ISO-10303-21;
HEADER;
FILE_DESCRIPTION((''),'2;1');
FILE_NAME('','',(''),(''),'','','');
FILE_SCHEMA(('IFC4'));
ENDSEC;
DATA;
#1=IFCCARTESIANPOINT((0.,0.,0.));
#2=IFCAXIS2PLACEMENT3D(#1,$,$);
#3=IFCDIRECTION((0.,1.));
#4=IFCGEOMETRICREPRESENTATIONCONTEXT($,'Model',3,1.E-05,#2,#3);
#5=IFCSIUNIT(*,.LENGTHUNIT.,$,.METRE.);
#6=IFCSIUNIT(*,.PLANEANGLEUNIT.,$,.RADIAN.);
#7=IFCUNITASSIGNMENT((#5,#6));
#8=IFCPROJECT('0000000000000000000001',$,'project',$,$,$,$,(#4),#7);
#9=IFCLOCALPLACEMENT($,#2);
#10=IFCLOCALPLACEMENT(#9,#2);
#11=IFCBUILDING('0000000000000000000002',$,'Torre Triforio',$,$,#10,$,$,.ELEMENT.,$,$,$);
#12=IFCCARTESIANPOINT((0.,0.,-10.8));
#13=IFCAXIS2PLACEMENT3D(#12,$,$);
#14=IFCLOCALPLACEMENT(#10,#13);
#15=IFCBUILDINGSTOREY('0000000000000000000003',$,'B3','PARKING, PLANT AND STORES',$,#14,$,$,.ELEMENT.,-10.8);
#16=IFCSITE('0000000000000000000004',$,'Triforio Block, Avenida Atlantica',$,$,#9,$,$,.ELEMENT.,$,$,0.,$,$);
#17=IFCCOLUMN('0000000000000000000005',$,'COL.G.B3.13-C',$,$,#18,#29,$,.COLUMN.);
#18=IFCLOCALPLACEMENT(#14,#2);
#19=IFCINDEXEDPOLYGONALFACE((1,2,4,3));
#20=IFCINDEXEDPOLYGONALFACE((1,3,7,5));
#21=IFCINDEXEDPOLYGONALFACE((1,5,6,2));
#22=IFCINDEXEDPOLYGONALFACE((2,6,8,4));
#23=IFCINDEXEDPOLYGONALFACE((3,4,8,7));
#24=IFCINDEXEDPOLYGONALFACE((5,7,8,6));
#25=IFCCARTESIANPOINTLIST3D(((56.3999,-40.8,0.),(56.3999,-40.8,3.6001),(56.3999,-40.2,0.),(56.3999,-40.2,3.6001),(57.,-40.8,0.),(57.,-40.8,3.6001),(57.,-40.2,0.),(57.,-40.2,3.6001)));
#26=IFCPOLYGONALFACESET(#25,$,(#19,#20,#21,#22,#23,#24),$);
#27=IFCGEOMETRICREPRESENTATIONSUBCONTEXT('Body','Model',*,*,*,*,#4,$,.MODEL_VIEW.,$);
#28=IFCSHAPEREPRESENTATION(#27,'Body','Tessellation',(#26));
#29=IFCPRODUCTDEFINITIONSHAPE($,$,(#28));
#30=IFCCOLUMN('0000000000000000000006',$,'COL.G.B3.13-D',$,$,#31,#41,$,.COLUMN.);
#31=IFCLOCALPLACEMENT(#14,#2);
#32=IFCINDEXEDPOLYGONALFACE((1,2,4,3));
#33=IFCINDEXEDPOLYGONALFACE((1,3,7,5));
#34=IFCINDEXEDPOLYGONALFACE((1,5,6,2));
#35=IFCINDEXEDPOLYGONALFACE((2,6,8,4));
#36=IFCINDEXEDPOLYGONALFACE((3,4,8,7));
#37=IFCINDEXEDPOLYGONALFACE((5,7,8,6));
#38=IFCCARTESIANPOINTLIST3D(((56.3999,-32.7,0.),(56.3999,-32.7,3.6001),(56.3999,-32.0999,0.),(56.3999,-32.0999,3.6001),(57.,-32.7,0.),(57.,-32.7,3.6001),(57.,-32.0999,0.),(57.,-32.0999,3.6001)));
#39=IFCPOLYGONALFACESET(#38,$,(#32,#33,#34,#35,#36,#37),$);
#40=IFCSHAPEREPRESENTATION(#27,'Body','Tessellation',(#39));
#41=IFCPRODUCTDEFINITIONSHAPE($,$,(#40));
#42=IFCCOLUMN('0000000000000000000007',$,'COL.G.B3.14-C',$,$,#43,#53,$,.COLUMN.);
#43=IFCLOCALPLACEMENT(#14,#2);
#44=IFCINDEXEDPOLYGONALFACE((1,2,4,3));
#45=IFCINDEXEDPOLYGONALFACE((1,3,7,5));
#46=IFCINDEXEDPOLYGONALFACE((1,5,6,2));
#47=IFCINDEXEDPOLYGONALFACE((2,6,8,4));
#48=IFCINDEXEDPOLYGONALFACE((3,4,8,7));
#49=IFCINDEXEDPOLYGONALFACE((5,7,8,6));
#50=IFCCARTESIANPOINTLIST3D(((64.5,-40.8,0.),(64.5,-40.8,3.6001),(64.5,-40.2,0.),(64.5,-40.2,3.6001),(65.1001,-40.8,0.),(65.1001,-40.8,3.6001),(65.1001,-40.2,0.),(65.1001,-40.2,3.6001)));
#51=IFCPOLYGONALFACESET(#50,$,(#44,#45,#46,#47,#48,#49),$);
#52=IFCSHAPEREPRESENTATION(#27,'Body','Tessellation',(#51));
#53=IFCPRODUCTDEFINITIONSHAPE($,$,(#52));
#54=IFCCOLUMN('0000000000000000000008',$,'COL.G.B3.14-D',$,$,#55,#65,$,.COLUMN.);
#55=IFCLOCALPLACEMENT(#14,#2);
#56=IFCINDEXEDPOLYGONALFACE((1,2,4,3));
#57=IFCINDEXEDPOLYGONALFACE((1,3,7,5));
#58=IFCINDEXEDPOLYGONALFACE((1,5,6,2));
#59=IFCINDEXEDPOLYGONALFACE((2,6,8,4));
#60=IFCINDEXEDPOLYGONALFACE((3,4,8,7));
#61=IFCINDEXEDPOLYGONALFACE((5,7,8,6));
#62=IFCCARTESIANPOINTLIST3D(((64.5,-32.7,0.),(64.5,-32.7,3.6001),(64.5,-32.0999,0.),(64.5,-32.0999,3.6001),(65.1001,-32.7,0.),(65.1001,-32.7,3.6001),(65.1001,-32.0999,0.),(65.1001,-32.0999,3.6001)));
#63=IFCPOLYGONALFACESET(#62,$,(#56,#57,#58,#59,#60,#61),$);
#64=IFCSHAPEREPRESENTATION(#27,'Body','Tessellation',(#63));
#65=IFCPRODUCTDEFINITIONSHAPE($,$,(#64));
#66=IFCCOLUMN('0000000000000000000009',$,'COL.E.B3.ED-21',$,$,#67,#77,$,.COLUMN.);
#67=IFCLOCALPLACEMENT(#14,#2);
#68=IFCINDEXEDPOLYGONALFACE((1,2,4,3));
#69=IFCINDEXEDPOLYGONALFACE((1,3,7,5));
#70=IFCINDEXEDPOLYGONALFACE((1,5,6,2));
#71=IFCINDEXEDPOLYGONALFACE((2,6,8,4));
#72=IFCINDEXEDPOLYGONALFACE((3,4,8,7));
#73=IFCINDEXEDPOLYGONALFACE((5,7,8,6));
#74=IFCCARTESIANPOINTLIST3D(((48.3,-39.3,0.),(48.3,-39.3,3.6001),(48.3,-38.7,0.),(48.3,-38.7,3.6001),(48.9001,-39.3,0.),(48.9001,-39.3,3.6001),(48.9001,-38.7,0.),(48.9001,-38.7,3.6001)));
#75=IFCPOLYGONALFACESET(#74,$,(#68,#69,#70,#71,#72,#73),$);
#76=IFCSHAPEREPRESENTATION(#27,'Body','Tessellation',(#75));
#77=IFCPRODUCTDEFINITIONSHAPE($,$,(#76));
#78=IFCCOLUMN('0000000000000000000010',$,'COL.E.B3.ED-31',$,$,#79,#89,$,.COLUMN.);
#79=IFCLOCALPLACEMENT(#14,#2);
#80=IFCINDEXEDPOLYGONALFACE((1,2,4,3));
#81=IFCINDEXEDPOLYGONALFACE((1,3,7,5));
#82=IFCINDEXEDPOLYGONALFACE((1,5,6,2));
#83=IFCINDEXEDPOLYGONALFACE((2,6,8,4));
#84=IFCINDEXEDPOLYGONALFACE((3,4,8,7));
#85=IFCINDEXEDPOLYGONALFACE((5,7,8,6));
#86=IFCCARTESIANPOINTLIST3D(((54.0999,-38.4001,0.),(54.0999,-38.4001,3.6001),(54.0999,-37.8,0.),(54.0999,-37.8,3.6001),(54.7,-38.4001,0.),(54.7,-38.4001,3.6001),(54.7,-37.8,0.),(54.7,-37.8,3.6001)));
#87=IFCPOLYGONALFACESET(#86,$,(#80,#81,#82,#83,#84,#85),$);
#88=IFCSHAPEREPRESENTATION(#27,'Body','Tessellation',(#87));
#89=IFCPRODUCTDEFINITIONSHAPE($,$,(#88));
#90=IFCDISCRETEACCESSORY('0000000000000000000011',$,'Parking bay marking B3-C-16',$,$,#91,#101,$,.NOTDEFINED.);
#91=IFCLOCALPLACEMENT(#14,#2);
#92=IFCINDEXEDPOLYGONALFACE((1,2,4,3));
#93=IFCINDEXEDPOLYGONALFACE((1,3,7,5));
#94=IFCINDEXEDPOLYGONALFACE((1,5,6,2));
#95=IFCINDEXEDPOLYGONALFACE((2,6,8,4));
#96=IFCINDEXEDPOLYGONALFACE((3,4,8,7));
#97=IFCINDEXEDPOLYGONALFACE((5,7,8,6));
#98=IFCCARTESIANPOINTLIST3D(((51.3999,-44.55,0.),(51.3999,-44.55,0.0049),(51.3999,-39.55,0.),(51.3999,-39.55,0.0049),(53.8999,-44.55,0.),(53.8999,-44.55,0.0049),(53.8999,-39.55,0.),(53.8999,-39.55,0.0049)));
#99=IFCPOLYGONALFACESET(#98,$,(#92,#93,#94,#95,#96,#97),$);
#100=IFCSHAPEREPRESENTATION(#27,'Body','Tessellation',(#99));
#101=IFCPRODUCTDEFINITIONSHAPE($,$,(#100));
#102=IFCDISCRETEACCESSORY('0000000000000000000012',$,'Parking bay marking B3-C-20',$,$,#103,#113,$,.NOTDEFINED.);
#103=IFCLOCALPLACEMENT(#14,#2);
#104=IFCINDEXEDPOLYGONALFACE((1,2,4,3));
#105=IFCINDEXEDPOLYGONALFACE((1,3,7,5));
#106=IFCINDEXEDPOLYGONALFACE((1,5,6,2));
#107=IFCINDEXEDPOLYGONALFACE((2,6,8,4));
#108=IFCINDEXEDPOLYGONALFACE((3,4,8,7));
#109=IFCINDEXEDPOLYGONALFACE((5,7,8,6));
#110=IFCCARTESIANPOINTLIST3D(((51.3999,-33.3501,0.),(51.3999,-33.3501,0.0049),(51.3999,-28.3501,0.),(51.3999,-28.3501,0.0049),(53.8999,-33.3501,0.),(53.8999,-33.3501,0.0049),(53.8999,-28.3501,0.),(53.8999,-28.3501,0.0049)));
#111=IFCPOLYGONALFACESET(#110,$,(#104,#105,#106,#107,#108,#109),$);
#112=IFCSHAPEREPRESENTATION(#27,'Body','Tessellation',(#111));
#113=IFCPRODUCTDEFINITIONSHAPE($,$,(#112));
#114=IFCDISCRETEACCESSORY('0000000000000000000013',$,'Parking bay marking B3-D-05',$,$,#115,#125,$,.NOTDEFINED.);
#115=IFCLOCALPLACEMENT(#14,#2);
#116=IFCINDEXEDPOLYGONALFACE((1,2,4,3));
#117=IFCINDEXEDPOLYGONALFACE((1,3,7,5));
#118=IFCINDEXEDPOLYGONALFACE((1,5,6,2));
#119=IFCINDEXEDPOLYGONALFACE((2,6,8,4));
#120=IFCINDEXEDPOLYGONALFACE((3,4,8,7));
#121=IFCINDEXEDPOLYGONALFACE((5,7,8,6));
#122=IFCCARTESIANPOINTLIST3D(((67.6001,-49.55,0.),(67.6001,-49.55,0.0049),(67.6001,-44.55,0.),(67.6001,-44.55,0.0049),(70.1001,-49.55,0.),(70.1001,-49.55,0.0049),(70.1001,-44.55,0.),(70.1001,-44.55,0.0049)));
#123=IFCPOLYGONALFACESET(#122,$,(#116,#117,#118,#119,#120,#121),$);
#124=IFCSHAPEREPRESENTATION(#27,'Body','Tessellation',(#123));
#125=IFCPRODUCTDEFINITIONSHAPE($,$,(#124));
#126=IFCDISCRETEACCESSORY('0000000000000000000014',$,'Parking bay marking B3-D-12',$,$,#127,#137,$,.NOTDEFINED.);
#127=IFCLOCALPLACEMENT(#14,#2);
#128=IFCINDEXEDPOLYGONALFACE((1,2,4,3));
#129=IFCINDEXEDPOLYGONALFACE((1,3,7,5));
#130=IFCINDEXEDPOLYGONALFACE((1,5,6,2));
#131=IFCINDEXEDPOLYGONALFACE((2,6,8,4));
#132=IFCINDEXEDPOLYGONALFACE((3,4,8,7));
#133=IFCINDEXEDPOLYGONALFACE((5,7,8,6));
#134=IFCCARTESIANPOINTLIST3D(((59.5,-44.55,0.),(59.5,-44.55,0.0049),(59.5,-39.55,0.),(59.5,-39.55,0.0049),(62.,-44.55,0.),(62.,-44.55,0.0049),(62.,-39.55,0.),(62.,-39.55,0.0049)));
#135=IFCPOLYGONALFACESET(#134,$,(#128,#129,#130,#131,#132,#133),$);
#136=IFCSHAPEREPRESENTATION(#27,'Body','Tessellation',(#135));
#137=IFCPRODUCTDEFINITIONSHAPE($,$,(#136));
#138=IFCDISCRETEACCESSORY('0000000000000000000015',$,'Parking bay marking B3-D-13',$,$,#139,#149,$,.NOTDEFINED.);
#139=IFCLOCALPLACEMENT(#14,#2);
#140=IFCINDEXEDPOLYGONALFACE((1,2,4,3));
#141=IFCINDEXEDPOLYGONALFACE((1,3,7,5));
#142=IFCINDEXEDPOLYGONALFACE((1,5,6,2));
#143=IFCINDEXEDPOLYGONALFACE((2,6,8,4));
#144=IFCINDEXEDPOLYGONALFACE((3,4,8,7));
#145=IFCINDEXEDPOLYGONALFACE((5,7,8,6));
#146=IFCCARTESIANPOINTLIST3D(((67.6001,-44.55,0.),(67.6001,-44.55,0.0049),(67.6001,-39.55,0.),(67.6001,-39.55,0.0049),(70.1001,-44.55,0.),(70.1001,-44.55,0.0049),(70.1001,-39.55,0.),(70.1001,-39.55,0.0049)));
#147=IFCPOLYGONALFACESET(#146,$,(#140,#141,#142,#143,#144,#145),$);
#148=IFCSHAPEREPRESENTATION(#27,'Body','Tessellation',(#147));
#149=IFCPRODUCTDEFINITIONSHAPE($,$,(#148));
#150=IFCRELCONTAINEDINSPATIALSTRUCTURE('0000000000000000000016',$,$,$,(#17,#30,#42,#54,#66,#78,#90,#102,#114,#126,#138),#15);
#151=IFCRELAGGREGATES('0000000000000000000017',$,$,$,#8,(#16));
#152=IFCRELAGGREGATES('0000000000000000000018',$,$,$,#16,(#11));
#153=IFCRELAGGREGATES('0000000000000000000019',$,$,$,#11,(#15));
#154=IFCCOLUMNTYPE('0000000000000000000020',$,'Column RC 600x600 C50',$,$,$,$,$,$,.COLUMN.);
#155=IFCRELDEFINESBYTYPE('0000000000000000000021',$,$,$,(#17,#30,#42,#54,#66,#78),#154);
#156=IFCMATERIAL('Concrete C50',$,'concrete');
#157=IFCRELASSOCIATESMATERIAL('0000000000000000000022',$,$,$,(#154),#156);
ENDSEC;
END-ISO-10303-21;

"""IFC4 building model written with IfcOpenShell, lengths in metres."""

from ifc_helpers import new_model, si_unit, direction, frame, origin, origin_2d, place, context, subcontext, project, spatial, rectangle, extrude, material, material_profile, profile_set, type_object, element, save


model = new_model("IFC4")

# Units and contexts
model_context = context("Model", 3, precision=1e-05, world=origin(), true_north=direction((0.0, 1.0)))
body_context = subcontext(model_context, "Body", "Model", "MODEL_VIEW")
ifc_project = project(units=[si_unit("LENGTHUNIT", "METRE"), si_unit("PLANEANGLEUNIT", "RADIAN")], contexts=[model_context])

# Site, building, storey
site_placement = place(None, origin())
site = spatial("IfcSite", under=ifc_project, at=site_placement, Name="Triforio Block, Avenida Atlantica", CompositionType="ELEMENT", RefElevation=0.0)
building_placement = place(site_placement, origin())
building = spatial("IfcBuilding", under=site, at=building_placement, Name="Torre Triforio", CompositionType="ELEMENT")
storey_placement = place(building_placement, frame((0.0, 0.0, -10.8)))
storey = spatial("IfcBuildingStorey", under=building, at=storey_placement, Name="B3", Description="PARKING, PLANT AND STORES", CompositionType="ELEMENT", Elevation=-10.8)

# Shared definitions
ifc_material_1 = material(Name="Concrete C50", Category="concrete")

# Columns
ifc_material_profile_1 = material_profile(ifc_material_1, rectangle(XDim=0.6001, YDim=0.6001, at=origin_2d()), Name="RC 600x600")
ifc_profile_set_1 = profile_set([ifc_material_profile_1], Name="Concrete C50")
column_type = type_object("IfcColumnType", Name="Column RC 600x600 C50", PredefinedType="COLUMN", material=ifc_profile_set_1)
for number, where, z_axis, x_axis, name in (
    (1, (56.7, -40.5, 0.0), (0.0, 0.0, 1.0), (1.0, 0.0, 0.0), "COL.G.B3.13-C"),
    (2, (56.7, -32.3999, 0.0), (0.0, 0.0, 1.0), (1.0, 0.0, 0.0), "COL.G.B3.13-D"),
    (3, (64.8, -40.5, 0.0), (0.0, 0.0, 1.0), (1.0, 0.0, 0.0), "COL.G.B3.14-C"),
    (4, (64.8, -32.3999, 0.0), (0.0, 0.0, 1.0), (1.0, 0.0, 0.0), "COL.G.B3.14-D"),
    (5, (48.6001, -39.0, 0.0), (0.0, 0.0, 1.0), (1.0, 0.0, 0.0), "COL.E.B3.ED-21"),
    (6, (54.3999, -38.1001, 0.0), (0.0, 0.0, 1.0), (1.0, 0.0, 0.0), "COL.E.B3.ED-31"),
):
    element("IfcColumn", number, at=place(storey_placement, frame(where, z_axis=z_axis, x_axis=x_axis)), inside=storey, type_object=column_type, Name=name, PredefinedType="COLUMN", context=body_context, shape_type="SweptSolid", body=[
        extrude(rectangle(XDim=0.6001, YDim=0.6001, at=origin_2d()), origin(), (0.0, 0.0, 1.0), 3.6001),
    ])

# Discrete accessories
for number, where, z_axis, x_axis, name in (
    (7, (52.6499, -42.05, 0.0), (0.0, 0.0, 1.0), (1.0, 0.0, 0.0), "Parking bay marking B3-C-16"),
    (8, (52.6499, -30.8501, 0.0), (0.0, 0.0, 1.0), (1.0, 0.0, 0.0), "Parking bay marking B3-C-20"),
    (9, (68.8501, -47.05, 0.0), (0.0, 0.0, 1.0), (1.0, 0.0, 0.0), "Parking bay marking B3-D-05"),
    (10, (60.75, -42.05, 0.0), (0.0, 0.0, 1.0), (1.0, 0.0, 0.0), "Parking bay marking B3-D-12"),
    (11, (68.8501, -42.05, 0.0), (0.0, 0.0, 1.0), (1.0, 0.0, 0.0), "Parking bay marking B3-D-13"),
):
    element("IfcDiscreteAccessory", number, at=place(storey_placement, frame(where, z_axis=z_axis, x_axis=x_axis)), inside=storey, Name=name, PredefinedType="NOTDEFINED", context=body_context, shape_type="SweptSolid", body=[
        extrude(rectangle(XDim=2.5, YDim=5.0, at=origin_2d()), origin(), (0.0, 0.0, 1.0), 0.0049),
    ])

save(model, "model.ifc")
